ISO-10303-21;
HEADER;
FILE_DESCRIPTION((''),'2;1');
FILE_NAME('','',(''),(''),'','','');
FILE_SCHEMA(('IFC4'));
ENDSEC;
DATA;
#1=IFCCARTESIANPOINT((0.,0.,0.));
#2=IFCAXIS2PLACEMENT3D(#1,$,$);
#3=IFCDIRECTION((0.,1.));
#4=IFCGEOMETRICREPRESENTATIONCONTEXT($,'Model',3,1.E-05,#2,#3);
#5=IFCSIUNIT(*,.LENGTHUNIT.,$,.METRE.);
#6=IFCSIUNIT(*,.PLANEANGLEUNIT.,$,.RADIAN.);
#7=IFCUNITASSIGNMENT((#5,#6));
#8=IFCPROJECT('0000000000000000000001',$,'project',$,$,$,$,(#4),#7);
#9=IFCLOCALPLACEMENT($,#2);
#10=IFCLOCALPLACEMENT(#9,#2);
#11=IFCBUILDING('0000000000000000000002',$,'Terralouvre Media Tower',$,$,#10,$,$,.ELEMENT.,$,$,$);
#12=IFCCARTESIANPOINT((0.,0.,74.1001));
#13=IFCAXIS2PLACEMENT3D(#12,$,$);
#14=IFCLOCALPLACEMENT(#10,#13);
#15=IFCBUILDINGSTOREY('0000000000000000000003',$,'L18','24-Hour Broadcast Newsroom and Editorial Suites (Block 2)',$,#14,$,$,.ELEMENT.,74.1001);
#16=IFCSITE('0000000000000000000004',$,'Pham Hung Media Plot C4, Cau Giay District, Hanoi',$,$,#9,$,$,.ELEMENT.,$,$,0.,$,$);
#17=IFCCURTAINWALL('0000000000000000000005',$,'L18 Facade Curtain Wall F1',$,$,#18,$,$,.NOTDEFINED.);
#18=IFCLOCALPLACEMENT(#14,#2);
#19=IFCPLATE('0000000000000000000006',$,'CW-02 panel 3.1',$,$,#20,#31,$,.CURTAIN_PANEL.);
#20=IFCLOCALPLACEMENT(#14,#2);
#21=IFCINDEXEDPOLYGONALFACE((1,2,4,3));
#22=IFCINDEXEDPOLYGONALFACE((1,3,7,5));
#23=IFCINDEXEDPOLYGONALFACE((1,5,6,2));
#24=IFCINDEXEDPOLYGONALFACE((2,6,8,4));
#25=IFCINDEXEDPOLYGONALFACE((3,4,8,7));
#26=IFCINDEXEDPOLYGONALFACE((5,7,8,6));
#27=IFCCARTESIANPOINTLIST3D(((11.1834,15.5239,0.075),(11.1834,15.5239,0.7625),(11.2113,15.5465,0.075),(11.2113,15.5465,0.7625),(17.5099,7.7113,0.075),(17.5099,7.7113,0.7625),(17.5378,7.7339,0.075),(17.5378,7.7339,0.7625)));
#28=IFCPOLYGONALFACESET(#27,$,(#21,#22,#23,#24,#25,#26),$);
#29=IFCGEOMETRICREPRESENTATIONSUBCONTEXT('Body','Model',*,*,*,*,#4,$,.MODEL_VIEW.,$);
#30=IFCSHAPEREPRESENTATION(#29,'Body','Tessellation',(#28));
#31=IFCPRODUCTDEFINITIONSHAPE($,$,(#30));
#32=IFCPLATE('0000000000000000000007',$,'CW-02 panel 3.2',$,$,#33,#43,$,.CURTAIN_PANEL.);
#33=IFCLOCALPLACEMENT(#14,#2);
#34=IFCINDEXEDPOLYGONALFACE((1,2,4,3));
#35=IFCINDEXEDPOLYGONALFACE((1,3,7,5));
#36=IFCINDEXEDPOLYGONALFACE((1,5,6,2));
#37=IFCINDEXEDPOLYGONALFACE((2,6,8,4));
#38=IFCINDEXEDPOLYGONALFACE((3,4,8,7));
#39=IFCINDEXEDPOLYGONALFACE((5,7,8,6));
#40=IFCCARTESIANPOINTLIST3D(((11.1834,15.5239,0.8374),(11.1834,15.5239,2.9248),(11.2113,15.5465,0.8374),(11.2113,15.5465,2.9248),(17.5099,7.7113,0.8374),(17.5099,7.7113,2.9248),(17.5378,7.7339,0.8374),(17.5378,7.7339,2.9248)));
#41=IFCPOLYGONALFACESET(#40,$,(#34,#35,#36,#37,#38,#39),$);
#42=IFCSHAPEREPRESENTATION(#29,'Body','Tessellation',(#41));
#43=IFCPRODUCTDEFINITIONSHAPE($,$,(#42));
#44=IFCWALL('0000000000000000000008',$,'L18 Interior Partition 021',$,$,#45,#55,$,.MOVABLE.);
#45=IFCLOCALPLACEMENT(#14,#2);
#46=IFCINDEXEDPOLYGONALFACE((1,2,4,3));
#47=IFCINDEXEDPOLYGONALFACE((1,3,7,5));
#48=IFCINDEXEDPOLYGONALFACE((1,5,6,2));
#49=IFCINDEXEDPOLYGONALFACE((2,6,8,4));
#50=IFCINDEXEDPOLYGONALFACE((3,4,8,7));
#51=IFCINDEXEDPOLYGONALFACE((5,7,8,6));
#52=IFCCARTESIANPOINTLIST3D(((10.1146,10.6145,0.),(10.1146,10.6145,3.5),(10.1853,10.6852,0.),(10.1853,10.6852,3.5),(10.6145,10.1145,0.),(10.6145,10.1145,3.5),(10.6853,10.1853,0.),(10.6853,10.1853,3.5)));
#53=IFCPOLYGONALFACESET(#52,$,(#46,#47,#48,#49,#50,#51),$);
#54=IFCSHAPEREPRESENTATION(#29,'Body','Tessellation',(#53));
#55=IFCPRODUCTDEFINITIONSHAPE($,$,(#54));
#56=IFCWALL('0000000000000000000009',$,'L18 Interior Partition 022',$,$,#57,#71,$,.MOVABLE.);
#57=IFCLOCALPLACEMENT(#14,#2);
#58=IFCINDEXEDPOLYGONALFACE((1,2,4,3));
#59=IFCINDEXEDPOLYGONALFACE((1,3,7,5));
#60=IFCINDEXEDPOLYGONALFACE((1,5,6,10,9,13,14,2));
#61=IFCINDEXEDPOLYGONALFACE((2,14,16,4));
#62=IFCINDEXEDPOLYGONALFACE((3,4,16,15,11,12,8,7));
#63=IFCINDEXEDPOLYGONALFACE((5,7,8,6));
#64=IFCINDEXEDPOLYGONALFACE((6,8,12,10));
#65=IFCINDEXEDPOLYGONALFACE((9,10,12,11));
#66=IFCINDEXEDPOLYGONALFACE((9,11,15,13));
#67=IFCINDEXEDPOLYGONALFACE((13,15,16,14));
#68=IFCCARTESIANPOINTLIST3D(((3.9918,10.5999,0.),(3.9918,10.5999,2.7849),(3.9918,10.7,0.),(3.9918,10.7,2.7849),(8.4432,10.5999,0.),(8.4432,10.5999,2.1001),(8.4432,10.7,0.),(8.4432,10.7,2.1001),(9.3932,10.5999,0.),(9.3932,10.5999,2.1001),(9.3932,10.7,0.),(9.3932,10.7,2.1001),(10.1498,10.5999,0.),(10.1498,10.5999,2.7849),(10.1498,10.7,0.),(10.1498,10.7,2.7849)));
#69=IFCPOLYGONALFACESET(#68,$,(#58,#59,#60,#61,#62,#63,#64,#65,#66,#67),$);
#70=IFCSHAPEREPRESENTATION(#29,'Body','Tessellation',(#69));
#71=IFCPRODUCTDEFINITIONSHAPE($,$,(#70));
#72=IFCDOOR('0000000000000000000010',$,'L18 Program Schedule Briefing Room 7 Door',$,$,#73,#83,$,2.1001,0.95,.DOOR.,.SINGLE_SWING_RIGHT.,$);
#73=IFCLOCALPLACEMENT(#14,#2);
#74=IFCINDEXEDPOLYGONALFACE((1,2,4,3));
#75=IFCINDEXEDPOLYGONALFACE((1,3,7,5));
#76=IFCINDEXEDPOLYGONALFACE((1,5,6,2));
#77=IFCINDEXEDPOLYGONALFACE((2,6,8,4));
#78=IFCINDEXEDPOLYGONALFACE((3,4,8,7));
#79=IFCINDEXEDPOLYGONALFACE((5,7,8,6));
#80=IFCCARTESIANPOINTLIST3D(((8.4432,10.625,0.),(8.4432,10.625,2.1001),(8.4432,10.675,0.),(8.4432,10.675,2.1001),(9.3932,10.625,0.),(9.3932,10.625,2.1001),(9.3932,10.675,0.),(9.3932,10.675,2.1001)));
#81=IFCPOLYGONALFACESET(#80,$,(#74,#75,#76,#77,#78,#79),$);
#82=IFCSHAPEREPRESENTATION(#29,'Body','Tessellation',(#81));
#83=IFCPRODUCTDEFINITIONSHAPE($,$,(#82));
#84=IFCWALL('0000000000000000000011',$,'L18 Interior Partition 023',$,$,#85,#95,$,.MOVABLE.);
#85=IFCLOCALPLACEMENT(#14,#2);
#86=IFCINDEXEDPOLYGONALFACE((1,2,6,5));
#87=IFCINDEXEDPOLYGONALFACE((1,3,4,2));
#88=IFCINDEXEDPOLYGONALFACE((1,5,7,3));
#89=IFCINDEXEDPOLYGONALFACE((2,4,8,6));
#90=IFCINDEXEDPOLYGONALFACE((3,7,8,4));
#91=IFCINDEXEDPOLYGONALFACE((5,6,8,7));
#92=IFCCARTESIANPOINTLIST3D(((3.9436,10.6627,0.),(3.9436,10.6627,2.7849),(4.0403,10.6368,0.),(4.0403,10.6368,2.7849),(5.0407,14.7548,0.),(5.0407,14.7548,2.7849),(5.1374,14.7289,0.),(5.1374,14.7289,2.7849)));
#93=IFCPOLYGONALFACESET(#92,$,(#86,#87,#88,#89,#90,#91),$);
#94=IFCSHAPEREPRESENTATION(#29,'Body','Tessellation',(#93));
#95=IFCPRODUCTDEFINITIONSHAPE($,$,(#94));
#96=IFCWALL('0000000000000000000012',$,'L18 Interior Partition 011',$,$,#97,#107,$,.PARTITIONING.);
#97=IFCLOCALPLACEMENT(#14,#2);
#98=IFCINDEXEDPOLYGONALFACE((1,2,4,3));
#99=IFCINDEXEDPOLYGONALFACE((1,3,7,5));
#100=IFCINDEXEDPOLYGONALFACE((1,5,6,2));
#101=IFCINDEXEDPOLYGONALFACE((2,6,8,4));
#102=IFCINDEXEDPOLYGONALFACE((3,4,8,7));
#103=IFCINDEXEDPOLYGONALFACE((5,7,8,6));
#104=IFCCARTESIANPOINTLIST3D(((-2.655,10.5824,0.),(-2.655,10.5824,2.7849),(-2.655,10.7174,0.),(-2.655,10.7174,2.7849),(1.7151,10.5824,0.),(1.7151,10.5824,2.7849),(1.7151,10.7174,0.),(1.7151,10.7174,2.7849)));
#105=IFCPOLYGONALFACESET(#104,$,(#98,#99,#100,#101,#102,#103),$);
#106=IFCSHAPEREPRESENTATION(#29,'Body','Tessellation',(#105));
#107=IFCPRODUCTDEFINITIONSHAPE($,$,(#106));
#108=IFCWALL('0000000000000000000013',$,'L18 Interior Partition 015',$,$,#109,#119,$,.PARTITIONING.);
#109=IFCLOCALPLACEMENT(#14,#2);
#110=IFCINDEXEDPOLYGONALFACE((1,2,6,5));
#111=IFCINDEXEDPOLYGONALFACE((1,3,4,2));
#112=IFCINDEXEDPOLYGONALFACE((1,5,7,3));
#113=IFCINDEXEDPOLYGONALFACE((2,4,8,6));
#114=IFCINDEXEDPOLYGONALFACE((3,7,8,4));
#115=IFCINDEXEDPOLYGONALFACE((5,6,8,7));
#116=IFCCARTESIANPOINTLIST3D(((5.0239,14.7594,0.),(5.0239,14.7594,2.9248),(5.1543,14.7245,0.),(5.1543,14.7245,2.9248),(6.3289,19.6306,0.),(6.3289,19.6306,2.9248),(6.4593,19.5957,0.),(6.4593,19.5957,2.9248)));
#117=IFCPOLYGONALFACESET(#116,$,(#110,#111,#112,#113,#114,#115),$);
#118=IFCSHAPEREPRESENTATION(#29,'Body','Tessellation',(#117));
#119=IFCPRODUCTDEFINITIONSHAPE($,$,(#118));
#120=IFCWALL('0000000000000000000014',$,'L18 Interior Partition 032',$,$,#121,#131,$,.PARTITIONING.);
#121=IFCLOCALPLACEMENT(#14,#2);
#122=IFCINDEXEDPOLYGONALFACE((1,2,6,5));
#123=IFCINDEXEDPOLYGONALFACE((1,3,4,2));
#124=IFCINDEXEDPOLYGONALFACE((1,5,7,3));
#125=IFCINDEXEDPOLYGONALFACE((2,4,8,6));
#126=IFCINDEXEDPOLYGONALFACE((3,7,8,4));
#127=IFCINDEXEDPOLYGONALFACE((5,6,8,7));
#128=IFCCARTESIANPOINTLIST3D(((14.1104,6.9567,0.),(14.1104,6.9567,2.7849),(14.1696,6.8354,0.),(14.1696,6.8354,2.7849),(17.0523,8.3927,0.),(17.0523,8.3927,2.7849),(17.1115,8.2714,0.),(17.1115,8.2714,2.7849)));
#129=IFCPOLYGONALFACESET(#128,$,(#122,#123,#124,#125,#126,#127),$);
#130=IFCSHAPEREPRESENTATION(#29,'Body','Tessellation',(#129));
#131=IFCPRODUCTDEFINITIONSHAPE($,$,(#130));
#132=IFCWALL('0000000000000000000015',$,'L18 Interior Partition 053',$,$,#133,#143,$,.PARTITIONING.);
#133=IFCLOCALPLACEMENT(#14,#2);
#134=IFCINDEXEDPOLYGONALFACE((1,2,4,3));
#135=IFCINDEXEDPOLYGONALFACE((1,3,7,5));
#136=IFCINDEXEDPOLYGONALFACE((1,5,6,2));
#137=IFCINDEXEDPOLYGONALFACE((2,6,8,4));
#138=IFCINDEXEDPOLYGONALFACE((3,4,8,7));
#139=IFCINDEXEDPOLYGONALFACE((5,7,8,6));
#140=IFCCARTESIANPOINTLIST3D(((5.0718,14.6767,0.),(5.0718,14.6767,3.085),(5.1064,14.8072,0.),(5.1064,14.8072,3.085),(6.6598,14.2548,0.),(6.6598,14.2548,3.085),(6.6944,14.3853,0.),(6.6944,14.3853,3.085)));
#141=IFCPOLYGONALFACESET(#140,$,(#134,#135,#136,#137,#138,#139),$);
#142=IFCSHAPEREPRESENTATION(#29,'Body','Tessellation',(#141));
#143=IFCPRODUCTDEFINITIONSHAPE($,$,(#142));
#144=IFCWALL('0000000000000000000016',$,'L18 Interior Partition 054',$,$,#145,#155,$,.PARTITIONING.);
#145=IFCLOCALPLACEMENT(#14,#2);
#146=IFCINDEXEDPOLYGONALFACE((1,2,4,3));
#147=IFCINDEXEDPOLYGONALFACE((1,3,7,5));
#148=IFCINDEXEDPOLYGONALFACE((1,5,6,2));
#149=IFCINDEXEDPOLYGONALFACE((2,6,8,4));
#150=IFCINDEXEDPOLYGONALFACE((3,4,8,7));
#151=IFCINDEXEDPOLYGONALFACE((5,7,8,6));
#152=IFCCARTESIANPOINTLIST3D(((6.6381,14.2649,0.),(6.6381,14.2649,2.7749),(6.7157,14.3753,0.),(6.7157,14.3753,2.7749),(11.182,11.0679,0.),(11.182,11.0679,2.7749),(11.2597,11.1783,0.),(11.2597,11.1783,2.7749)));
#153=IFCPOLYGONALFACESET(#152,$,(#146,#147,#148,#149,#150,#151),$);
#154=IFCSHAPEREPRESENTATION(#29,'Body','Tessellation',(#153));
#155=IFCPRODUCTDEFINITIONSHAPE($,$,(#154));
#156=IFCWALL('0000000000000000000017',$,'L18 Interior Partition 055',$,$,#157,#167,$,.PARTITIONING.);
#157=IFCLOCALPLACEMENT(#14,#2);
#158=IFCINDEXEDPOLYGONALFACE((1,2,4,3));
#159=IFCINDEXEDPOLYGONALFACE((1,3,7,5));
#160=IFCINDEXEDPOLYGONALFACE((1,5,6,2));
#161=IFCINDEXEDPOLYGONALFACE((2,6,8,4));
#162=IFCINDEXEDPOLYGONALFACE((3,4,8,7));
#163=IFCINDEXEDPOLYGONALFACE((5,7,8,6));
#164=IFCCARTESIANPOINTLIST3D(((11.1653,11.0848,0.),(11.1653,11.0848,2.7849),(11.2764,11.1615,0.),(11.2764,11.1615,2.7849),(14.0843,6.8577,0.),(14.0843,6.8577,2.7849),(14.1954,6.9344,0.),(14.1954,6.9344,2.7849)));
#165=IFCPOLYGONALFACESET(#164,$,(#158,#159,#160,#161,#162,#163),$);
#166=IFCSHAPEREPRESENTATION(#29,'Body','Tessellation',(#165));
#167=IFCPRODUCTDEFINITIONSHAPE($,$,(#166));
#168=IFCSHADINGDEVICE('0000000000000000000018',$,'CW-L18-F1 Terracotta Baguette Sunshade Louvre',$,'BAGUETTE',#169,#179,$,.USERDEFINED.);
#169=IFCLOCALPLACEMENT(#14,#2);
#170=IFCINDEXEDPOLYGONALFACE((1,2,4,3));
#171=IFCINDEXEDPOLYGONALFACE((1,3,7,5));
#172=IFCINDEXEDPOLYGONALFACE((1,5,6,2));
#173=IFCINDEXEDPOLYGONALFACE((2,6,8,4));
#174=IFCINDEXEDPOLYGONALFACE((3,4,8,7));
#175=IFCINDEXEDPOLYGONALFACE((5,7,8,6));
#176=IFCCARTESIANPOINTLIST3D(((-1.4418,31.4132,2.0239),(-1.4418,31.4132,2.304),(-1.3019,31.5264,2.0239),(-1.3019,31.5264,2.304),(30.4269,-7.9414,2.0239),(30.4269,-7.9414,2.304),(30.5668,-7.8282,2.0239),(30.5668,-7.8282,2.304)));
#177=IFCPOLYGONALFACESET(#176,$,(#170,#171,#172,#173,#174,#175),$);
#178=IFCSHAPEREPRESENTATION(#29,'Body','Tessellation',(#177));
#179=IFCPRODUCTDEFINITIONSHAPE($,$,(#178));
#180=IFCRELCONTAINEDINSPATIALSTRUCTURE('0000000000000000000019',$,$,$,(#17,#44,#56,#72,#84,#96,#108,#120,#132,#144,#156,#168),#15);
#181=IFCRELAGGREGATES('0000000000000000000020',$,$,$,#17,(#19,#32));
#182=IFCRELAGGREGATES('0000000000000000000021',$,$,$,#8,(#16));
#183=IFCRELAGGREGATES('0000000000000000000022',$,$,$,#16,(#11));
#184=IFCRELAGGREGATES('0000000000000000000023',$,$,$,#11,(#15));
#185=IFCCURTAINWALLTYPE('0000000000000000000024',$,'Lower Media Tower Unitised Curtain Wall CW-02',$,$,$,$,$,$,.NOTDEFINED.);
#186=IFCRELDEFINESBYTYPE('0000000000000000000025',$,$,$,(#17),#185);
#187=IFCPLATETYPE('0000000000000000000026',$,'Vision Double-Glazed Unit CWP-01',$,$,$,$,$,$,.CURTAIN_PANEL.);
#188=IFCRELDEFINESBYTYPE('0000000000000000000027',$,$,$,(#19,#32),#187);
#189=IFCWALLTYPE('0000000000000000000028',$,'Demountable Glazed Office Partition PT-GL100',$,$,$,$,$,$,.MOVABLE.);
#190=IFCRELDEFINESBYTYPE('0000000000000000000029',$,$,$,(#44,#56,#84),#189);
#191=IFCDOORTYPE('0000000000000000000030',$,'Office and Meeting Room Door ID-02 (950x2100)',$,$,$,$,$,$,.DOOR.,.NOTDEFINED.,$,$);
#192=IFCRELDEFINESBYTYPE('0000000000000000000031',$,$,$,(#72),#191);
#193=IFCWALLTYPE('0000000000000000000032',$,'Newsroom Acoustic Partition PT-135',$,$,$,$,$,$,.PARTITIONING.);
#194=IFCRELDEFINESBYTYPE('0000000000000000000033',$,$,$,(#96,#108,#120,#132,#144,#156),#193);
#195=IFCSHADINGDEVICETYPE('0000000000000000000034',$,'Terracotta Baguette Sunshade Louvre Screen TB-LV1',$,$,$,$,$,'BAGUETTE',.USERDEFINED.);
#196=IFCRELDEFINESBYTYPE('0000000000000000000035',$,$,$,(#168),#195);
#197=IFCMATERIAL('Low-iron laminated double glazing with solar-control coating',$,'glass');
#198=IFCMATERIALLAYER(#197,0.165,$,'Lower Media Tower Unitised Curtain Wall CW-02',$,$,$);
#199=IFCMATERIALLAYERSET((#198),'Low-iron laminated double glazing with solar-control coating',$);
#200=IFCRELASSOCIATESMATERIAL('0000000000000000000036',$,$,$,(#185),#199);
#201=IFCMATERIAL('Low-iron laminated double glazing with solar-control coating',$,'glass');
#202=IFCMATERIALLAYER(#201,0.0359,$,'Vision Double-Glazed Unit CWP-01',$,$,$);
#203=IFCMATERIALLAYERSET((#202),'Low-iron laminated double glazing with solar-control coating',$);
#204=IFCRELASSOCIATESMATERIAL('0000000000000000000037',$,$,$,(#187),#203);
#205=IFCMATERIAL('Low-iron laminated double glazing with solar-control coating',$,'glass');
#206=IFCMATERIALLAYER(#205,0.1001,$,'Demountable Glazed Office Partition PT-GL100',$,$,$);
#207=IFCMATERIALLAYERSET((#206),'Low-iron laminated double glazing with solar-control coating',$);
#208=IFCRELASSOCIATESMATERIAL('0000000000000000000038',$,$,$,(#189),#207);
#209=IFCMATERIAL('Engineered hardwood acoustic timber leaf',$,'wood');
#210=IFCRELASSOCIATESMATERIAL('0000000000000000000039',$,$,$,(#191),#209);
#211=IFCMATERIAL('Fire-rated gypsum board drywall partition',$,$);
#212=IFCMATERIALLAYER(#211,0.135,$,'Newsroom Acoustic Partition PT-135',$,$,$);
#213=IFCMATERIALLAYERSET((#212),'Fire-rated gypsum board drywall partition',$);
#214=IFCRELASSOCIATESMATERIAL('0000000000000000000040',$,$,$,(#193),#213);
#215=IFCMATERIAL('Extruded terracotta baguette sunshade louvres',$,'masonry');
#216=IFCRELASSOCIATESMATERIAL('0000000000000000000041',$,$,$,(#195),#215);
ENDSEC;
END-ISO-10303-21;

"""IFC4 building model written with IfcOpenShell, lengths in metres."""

from ifc_helpers import new_model, si_unit, direction, frame, frame_2d, origin, origin_2d, place, context, subcontext, project, spatial, rectangle, extrude, material, layer, layer_set, type_object, element, fill, aggregate, save


model = new_model("IFC4")

# Units and contexts
model_context = context("Model", 3, precision=1e-05, world=origin(), true_north=direction((0.0, 1.0)))
body_context = subcontext(model_context, "Body", "Model", "MODEL_VIEW")
ifc_project = project(units=[si_unit("LENGTHUNIT", "METRE"), si_unit("PLANEANGLEUNIT", "RADIAN")], contexts=[model_context])

# Site, building, storey
site_placement = place(None, origin())
site = spatial("IfcSite", under=ifc_project, at=site_placement, Name="Pham Hung Media Plot C4, Cau Giay District, Hanoi", CompositionType="ELEMENT", RefElevation=0.0)
building_placement = place(site_placement, origin())
building = spatial("IfcBuilding", under=site, at=building_placement, Name="Terralouvre Media Tower", CompositionType="ELEMENT")
storey_placement = place(building_placement, frame((0.0, 0.0, 74.1001)))
storey = spatial("IfcBuildingStorey", under=building, at=storey_placement, Name="L18", Description="24-Hour Broadcast Newsroom and Editorial Suites (Block 2)", CompositionType="ELEMENT", Elevation=74.1001)

# Curtain wall, plates
ifc_material_1 = material(Name="Low-iron laminated double glazing with solar-control coating", Category="glass")
ifc_layer_1 = layer(ifc_material_1, 0.165, Name="Lower Media Tower Unitised Curtain Wall CW-02")
ifc_layer_set_1 = layer_set([ifc_layer_1], Name="Low-iron laminated double glazing with solar-control coating")
curtain_wall_type = type_object("IfcCurtainWallType", Name="Lower Media Tower Unitised Curtain Wall CW-02", PredefinedType="NOTDEFINED", material=ifc_layer_set_1)
curtain_wall_placement = place(storey_placement, origin())
curtain_wall = element("IfcCurtainWall", 1, at=curtain_wall_placement, inside=storey, type_object=curtain_wall_type, Name="L18 Facade Curtain Wall F1", PredefinedType="NOTDEFINED")
ifc_material_2 = material(Name="Low-iron laminated double glazing with solar-control coating", Category="glass")
ifc_layer_2 = layer(ifc_material_2, 0.0359, Name="Vision Double-Glazed Unit CWP-01")
ifc_layer_set_2 = layer_set([ifc_layer_2], Name="Low-iron laminated double glazing with solar-control coating")
plate_type = type_object("IfcPlateType", Name="Vision Double-Glazed Unit CWP-01", PredefinedType="CURTAIN_PANEL", material=ifc_layer_set_2)
plate_1_placement = place(storey_placement, frame((14.3606, 11.6289, 0.075), z_axis=(0.0, 0.0, 1.0), x_axis=(-0.62932, 0.777146, 0.0)))
plate_1 = element("IfcPlate", 2, at=plate_1_placement, type_object=plate_type, Name="CW-02 panel 3.1", PredefinedType="CURTAIN_PANEL", context=body_context, shape_type="SweptSolid", body=[
    extrude(rectangle(XDim=10.053, YDim=0.0359, at=origin_2d()), origin(), (0.0, 0.0, 1.0), 0.6875),
])
plate_2_placement = place(storey_placement, frame((14.3606, 11.6289, 0.8374), z_axis=(0.0, 0.0, 1.0), x_axis=(-0.62932, 0.777146, 0.0)))
plate_2 = element("IfcPlate", 3, at=plate_2_placement, type_object=plate_type, Name="CW-02 panel 3.2", PredefinedType="CURTAIN_PANEL", context=body_context, shape_type="SweptSolid", body=[
    extrude(rectangle(XDim=10.053, YDim=0.0359, at=origin_2d()), origin(), (0.0, 0.0, 1.0), 2.0874),
])
aggregate(curtain_wall, [plate_1, plate_2])

# Wall
ifc_material_3 = material(Name="Low-iron laminated double glazing with solar-control coating", Category="glass")
ifc_layer_3 = layer(ifc_material_3, 0.1001, Name="Demountable Glazed Office Partition PT-GL100")
ifc_layer_set_3 = layer_set([ifc_layer_3], Name="Low-iron laminated double glazing with solar-control coating")
wall_type_1 = type_object("IfcWallType", Name="Demountable Glazed Office Partition PT-GL100", PredefinedType="MOVABLE", material=ifc_layer_set_3)
wall_1_placement = place(storey_placement, frame((10.6499, 10.1499, 0.0), z_axis=(0.0, 0.0, 1.0), x_axis=(-0.707107, 0.707107, 0.0)))
element("IfcWall", 4, at=wall_1_placement, inside=storey, type_object=wall_type_1, Name="L18 Interior Partition 021", PredefinedType="MOVABLE", context=body_context, shape_type="SweptSolid", body=[
    extrude(rectangle(XDim=0.707, YDim=0.1001, at=frame_2d((0.3535, 0.0))), origin(), (0.0, 0.0, 1.0), 3.5),
])

# Wall, opening, door
wall_2_placement = place(storey_placement, frame((10.1499, 10.6499, 0.0), z_axis=(0.0, 0.0, 1.0), x_axis=(-1.0, 0.0, 0.0)))
wall_2 = element("IfcWall", 5, at=wall_2_placement, inside=storey, type_object=wall_type_1, Name="L18 Interior Partition 022", PredefinedType="MOVABLE", context=body_context, shape_type="SweptSolid", body=[
    extrude(rectangle(XDim=6.158, YDim=0.1001, at=frame_2d((3.0791, 0.0))), origin(), (0.0, 0.0, 1.0), 2.7849),
])
opening_placement = place(wall_2_placement, frame((0.7566, 0.0, 0.0)))
opening = element("IfcOpeningElement", 6, at=opening_placement, cuts=wall_2, PredefinedType="OPENING", context=body_context, shape_type="SweptSolid", body=[
    extrude(rectangle(XDim=0.95, YDim=2.1001, at=frame_2d((0.4751, 1.05))), frame((0.0, 0.0601, 0.0), z_axis=(0.0, -1.0, 0.0), x_axis=(1.0, 0.0, 0.0)), (0.0, 0.0, 1.0), 0.1201),
])
ifc_material_4 = material(Name="Engineered hardwood acoustic timber leaf", Category="wood")
door_type = type_object("IfcDoorType", Name="Office and Meeting Room Door ID-02 (950x2100)", OperationType="NOTDEFINED", PredefinedType="DOOR", material=ifc_material_4)
door_placement = place(opening_placement, origin())
door = element("IfcDoor", 7, at=door_placement, inside=storey, type_object=door_type, Name="L18 Program Schedule Briefing Room 7 Door", OperationType="SINGLE_SWING_RIGHT", OverallHeight=2.1001, OverallWidth=0.95, PredefinedType="DOOR", context=body_context, shape_type="SweptSolid", body=[
    extrude(rectangle(XDim=0.95, YDim=2.1001, at=frame_2d((0.4751, 1.05))), frame((0.0, 0.0249, 0.0), z_axis=(0.0, -1.0, 0.0), x_axis=(1.0, 0.0, 0.0)), (0.0, 0.0, 1.0), 0.05),
])
fill(opening, door)

# Walls
wall_3_placement = place(storey_placement, frame((3.9919, 10.6499, 0.0), z_axis=(0.0, 0.0, 1.0), x_axis=(0.258975, 0.965884, 0.0)))
element("IfcWall", 8, at=wall_3_placement, inside=storey, type_object=wall_type_1, Name="L18 Interior Partition 023", PredefinedType="MOVABLE", context=body_context, shape_type="SweptSolid", body=[
    extrude(rectangle(XDim=4.2366, YDim=0.1001, at=frame_2d((2.1182, 0.0))), origin(), (0.0, 0.0, 1.0), 2.7849),
])
ifc_material_5 = material(Name="Fire-rated gypsum board drywall partition")
ifc_layer_4 = layer(ifc_material_5, 0.135, Name="Newsroom Acoustic Partition PT-135")
ifc_layer_set_4 = layer_set([ifc_layer_4], Name="Fire-rated gypsum board drywall partition")
wall_type_2 = type_object("IfcWallType", Name="Newsroom Acoustic Partition PT-135", PredefinedType="PARTITIONING", material=ifc_layer_set_4)
wall_4_placement = place(storey_placement, frame((1.7151, 10.6499, 0.0), z_axis=(0.0, 0.0, 1.0), x_axis=(-1.0, 0.0, 0.0)))
element("IfcWall", 9, at=wall_4_placement, inside=storey, type_object=wall_type_2, Name="L18 Interior Partition 011", PredefinedType="PARTITIONING", context=body_context, shape_type="SweptSolid", body=[
    extrude(rectangle(XDim=4.3701, YDim=0.135, at=frame_2d((2.1851, 0.0))), origin(), (0.0, 0.0, 1.0), 2.7849),
])
wall_5_placement = place(storey_placement, frame((5.0891, 14.7419, 0.0), z_axis=(0.0, 0.0, 1.0), x_axis=(0.258768, 0.965939, 0.0)))
element("IfcWall", 10, at=wall_5_placement, inside=storey, type_object=wall_type_2, Name="L18 Interior Partition 015", PredefinedType="PARTITIONING", context=body_context, shape_type="SweptSolid", body=[
    extrude(rectangle(XDim=5.043, YDim=0.135, at=frame_2d((2.5215, 0.0))), origin(), (0.0, 0.0, 1.0), 2.9248),
])
wall_6_placement = place(storey_placement, frame((17.0818, 8.332, 0.0), z_axis=(0.0, 0.0, 1.0), x_axis=(-0.898652, -0.438662, 0.0)))
element("IfcWall", 11, at=wall_6_placement, inside=storey, type_object=wall_type_2, Name="L18 Interior Partition 032", PredefinedType="PARTITIONING", context=body_context, shape_type="SweptSolid", body=[
    extrude(rectangle(XDim=3.2737, YDim=0.135, at=frame_2d((1.6367, 0.0))), origin(), (0.0, 0.0, 1.0), 2.7849),
])
wall_7_placement = place(storey_placement, frame((5.0891, 14.7419, 0.0), z_axis=(0.0, 0.0, 1.0), x_axis=(0.966471, -0.256775, 0.0)))
element("IfcWall", 12, at=wall_7_placement, inside=storey, type_object=wall_type_2, Name="L18 Interior Partition 053", PredefinedType="PARTITIONING", context=body_context, shape_type="SweptSolid", body=[
    extrude(rectangle(XDim=1.6431, YDim=0.135, at=frame_2d((0.8215, 0.0))), origin(), (0.0, 0.0, 1.0), 3.085),
])
wall_8_placement = place(storey_placement, frame((6.677, 14.3201, 0.0), z_axis=(0.0, 0.0, 1.0), x_axis=(0.817855, -0.575425, 0.0)))
element("IfcWall", 13, at=wall_8_placement, inside=storey, type_object=wall_type_2, Name="L18 Interior Partition 054", PredefinedType="PARTITIONING", context=body_context, shape_type="SweptSolid", body=[
    extrude(rectangle(XDim=5.5559, YDim=0.135, at=frame_2d((2.7778, 0.0))), origin(), (0.0, 0.0, 1.0), 2.7749),
])
wall_9_placement = place(storey_placement, frame((11.2209, 11.123, 0.0), z_axis=(0.0, 0.0, 1.0), x_axis=(0.568226, -0.822873, 0.0)))
element("IfcWall", 14, at=wall_9_placement, inside=storey, type_object=wall_type_2, Name="L18 Interior Partition 055", PredefinedType="PARTITIONING", context=body_context, shape_type="SweptSolid", body=[
    extrude(rectangle(XDim=5.137, YDim=0.135, at=frame_2d((2.5684, 0.0))), origin(), (0.0, 0.0, 1.0), 2.7849),
])

# Shading device
ifc_material_6 = material(Name="Extruded terracotta baguette sunshade louvres", Category="masonry")
shading_device_type = type_object("IfcShadingDeviceType", Name="Terracotta Baguette Sunshade Louvre Screen TB-LV1", ElementType="BAGUETTE", PredefinedType="USERDEFINED", material=ifc_material_6)
shading_device_placement = place(storey_placement, frame((14.5625, 11.7925, 2.0239), z_axis=(0.0, 0.0, 1.0), x_axis=(-0.62932, 0.777146, 0.0)))
element("IfcShadingDevice", 15, at=shading_device_placement, inside=storey, type_object=shading_device_type, Name="CW-L18-F1 Terracotta Baguette Sunshade Louvre", ObjectType="BAGUETTE", PredefinedType="USERDEFINED", context=body_context, shape_type="SweptSolid", body=[
    extrude(rectangle(XDim=50.6399, YDim=0.1799, at=origin_2d()), origin(), (0.0, 0.0, 1.0), 0.28),
])

save(model, "model.ifc")
